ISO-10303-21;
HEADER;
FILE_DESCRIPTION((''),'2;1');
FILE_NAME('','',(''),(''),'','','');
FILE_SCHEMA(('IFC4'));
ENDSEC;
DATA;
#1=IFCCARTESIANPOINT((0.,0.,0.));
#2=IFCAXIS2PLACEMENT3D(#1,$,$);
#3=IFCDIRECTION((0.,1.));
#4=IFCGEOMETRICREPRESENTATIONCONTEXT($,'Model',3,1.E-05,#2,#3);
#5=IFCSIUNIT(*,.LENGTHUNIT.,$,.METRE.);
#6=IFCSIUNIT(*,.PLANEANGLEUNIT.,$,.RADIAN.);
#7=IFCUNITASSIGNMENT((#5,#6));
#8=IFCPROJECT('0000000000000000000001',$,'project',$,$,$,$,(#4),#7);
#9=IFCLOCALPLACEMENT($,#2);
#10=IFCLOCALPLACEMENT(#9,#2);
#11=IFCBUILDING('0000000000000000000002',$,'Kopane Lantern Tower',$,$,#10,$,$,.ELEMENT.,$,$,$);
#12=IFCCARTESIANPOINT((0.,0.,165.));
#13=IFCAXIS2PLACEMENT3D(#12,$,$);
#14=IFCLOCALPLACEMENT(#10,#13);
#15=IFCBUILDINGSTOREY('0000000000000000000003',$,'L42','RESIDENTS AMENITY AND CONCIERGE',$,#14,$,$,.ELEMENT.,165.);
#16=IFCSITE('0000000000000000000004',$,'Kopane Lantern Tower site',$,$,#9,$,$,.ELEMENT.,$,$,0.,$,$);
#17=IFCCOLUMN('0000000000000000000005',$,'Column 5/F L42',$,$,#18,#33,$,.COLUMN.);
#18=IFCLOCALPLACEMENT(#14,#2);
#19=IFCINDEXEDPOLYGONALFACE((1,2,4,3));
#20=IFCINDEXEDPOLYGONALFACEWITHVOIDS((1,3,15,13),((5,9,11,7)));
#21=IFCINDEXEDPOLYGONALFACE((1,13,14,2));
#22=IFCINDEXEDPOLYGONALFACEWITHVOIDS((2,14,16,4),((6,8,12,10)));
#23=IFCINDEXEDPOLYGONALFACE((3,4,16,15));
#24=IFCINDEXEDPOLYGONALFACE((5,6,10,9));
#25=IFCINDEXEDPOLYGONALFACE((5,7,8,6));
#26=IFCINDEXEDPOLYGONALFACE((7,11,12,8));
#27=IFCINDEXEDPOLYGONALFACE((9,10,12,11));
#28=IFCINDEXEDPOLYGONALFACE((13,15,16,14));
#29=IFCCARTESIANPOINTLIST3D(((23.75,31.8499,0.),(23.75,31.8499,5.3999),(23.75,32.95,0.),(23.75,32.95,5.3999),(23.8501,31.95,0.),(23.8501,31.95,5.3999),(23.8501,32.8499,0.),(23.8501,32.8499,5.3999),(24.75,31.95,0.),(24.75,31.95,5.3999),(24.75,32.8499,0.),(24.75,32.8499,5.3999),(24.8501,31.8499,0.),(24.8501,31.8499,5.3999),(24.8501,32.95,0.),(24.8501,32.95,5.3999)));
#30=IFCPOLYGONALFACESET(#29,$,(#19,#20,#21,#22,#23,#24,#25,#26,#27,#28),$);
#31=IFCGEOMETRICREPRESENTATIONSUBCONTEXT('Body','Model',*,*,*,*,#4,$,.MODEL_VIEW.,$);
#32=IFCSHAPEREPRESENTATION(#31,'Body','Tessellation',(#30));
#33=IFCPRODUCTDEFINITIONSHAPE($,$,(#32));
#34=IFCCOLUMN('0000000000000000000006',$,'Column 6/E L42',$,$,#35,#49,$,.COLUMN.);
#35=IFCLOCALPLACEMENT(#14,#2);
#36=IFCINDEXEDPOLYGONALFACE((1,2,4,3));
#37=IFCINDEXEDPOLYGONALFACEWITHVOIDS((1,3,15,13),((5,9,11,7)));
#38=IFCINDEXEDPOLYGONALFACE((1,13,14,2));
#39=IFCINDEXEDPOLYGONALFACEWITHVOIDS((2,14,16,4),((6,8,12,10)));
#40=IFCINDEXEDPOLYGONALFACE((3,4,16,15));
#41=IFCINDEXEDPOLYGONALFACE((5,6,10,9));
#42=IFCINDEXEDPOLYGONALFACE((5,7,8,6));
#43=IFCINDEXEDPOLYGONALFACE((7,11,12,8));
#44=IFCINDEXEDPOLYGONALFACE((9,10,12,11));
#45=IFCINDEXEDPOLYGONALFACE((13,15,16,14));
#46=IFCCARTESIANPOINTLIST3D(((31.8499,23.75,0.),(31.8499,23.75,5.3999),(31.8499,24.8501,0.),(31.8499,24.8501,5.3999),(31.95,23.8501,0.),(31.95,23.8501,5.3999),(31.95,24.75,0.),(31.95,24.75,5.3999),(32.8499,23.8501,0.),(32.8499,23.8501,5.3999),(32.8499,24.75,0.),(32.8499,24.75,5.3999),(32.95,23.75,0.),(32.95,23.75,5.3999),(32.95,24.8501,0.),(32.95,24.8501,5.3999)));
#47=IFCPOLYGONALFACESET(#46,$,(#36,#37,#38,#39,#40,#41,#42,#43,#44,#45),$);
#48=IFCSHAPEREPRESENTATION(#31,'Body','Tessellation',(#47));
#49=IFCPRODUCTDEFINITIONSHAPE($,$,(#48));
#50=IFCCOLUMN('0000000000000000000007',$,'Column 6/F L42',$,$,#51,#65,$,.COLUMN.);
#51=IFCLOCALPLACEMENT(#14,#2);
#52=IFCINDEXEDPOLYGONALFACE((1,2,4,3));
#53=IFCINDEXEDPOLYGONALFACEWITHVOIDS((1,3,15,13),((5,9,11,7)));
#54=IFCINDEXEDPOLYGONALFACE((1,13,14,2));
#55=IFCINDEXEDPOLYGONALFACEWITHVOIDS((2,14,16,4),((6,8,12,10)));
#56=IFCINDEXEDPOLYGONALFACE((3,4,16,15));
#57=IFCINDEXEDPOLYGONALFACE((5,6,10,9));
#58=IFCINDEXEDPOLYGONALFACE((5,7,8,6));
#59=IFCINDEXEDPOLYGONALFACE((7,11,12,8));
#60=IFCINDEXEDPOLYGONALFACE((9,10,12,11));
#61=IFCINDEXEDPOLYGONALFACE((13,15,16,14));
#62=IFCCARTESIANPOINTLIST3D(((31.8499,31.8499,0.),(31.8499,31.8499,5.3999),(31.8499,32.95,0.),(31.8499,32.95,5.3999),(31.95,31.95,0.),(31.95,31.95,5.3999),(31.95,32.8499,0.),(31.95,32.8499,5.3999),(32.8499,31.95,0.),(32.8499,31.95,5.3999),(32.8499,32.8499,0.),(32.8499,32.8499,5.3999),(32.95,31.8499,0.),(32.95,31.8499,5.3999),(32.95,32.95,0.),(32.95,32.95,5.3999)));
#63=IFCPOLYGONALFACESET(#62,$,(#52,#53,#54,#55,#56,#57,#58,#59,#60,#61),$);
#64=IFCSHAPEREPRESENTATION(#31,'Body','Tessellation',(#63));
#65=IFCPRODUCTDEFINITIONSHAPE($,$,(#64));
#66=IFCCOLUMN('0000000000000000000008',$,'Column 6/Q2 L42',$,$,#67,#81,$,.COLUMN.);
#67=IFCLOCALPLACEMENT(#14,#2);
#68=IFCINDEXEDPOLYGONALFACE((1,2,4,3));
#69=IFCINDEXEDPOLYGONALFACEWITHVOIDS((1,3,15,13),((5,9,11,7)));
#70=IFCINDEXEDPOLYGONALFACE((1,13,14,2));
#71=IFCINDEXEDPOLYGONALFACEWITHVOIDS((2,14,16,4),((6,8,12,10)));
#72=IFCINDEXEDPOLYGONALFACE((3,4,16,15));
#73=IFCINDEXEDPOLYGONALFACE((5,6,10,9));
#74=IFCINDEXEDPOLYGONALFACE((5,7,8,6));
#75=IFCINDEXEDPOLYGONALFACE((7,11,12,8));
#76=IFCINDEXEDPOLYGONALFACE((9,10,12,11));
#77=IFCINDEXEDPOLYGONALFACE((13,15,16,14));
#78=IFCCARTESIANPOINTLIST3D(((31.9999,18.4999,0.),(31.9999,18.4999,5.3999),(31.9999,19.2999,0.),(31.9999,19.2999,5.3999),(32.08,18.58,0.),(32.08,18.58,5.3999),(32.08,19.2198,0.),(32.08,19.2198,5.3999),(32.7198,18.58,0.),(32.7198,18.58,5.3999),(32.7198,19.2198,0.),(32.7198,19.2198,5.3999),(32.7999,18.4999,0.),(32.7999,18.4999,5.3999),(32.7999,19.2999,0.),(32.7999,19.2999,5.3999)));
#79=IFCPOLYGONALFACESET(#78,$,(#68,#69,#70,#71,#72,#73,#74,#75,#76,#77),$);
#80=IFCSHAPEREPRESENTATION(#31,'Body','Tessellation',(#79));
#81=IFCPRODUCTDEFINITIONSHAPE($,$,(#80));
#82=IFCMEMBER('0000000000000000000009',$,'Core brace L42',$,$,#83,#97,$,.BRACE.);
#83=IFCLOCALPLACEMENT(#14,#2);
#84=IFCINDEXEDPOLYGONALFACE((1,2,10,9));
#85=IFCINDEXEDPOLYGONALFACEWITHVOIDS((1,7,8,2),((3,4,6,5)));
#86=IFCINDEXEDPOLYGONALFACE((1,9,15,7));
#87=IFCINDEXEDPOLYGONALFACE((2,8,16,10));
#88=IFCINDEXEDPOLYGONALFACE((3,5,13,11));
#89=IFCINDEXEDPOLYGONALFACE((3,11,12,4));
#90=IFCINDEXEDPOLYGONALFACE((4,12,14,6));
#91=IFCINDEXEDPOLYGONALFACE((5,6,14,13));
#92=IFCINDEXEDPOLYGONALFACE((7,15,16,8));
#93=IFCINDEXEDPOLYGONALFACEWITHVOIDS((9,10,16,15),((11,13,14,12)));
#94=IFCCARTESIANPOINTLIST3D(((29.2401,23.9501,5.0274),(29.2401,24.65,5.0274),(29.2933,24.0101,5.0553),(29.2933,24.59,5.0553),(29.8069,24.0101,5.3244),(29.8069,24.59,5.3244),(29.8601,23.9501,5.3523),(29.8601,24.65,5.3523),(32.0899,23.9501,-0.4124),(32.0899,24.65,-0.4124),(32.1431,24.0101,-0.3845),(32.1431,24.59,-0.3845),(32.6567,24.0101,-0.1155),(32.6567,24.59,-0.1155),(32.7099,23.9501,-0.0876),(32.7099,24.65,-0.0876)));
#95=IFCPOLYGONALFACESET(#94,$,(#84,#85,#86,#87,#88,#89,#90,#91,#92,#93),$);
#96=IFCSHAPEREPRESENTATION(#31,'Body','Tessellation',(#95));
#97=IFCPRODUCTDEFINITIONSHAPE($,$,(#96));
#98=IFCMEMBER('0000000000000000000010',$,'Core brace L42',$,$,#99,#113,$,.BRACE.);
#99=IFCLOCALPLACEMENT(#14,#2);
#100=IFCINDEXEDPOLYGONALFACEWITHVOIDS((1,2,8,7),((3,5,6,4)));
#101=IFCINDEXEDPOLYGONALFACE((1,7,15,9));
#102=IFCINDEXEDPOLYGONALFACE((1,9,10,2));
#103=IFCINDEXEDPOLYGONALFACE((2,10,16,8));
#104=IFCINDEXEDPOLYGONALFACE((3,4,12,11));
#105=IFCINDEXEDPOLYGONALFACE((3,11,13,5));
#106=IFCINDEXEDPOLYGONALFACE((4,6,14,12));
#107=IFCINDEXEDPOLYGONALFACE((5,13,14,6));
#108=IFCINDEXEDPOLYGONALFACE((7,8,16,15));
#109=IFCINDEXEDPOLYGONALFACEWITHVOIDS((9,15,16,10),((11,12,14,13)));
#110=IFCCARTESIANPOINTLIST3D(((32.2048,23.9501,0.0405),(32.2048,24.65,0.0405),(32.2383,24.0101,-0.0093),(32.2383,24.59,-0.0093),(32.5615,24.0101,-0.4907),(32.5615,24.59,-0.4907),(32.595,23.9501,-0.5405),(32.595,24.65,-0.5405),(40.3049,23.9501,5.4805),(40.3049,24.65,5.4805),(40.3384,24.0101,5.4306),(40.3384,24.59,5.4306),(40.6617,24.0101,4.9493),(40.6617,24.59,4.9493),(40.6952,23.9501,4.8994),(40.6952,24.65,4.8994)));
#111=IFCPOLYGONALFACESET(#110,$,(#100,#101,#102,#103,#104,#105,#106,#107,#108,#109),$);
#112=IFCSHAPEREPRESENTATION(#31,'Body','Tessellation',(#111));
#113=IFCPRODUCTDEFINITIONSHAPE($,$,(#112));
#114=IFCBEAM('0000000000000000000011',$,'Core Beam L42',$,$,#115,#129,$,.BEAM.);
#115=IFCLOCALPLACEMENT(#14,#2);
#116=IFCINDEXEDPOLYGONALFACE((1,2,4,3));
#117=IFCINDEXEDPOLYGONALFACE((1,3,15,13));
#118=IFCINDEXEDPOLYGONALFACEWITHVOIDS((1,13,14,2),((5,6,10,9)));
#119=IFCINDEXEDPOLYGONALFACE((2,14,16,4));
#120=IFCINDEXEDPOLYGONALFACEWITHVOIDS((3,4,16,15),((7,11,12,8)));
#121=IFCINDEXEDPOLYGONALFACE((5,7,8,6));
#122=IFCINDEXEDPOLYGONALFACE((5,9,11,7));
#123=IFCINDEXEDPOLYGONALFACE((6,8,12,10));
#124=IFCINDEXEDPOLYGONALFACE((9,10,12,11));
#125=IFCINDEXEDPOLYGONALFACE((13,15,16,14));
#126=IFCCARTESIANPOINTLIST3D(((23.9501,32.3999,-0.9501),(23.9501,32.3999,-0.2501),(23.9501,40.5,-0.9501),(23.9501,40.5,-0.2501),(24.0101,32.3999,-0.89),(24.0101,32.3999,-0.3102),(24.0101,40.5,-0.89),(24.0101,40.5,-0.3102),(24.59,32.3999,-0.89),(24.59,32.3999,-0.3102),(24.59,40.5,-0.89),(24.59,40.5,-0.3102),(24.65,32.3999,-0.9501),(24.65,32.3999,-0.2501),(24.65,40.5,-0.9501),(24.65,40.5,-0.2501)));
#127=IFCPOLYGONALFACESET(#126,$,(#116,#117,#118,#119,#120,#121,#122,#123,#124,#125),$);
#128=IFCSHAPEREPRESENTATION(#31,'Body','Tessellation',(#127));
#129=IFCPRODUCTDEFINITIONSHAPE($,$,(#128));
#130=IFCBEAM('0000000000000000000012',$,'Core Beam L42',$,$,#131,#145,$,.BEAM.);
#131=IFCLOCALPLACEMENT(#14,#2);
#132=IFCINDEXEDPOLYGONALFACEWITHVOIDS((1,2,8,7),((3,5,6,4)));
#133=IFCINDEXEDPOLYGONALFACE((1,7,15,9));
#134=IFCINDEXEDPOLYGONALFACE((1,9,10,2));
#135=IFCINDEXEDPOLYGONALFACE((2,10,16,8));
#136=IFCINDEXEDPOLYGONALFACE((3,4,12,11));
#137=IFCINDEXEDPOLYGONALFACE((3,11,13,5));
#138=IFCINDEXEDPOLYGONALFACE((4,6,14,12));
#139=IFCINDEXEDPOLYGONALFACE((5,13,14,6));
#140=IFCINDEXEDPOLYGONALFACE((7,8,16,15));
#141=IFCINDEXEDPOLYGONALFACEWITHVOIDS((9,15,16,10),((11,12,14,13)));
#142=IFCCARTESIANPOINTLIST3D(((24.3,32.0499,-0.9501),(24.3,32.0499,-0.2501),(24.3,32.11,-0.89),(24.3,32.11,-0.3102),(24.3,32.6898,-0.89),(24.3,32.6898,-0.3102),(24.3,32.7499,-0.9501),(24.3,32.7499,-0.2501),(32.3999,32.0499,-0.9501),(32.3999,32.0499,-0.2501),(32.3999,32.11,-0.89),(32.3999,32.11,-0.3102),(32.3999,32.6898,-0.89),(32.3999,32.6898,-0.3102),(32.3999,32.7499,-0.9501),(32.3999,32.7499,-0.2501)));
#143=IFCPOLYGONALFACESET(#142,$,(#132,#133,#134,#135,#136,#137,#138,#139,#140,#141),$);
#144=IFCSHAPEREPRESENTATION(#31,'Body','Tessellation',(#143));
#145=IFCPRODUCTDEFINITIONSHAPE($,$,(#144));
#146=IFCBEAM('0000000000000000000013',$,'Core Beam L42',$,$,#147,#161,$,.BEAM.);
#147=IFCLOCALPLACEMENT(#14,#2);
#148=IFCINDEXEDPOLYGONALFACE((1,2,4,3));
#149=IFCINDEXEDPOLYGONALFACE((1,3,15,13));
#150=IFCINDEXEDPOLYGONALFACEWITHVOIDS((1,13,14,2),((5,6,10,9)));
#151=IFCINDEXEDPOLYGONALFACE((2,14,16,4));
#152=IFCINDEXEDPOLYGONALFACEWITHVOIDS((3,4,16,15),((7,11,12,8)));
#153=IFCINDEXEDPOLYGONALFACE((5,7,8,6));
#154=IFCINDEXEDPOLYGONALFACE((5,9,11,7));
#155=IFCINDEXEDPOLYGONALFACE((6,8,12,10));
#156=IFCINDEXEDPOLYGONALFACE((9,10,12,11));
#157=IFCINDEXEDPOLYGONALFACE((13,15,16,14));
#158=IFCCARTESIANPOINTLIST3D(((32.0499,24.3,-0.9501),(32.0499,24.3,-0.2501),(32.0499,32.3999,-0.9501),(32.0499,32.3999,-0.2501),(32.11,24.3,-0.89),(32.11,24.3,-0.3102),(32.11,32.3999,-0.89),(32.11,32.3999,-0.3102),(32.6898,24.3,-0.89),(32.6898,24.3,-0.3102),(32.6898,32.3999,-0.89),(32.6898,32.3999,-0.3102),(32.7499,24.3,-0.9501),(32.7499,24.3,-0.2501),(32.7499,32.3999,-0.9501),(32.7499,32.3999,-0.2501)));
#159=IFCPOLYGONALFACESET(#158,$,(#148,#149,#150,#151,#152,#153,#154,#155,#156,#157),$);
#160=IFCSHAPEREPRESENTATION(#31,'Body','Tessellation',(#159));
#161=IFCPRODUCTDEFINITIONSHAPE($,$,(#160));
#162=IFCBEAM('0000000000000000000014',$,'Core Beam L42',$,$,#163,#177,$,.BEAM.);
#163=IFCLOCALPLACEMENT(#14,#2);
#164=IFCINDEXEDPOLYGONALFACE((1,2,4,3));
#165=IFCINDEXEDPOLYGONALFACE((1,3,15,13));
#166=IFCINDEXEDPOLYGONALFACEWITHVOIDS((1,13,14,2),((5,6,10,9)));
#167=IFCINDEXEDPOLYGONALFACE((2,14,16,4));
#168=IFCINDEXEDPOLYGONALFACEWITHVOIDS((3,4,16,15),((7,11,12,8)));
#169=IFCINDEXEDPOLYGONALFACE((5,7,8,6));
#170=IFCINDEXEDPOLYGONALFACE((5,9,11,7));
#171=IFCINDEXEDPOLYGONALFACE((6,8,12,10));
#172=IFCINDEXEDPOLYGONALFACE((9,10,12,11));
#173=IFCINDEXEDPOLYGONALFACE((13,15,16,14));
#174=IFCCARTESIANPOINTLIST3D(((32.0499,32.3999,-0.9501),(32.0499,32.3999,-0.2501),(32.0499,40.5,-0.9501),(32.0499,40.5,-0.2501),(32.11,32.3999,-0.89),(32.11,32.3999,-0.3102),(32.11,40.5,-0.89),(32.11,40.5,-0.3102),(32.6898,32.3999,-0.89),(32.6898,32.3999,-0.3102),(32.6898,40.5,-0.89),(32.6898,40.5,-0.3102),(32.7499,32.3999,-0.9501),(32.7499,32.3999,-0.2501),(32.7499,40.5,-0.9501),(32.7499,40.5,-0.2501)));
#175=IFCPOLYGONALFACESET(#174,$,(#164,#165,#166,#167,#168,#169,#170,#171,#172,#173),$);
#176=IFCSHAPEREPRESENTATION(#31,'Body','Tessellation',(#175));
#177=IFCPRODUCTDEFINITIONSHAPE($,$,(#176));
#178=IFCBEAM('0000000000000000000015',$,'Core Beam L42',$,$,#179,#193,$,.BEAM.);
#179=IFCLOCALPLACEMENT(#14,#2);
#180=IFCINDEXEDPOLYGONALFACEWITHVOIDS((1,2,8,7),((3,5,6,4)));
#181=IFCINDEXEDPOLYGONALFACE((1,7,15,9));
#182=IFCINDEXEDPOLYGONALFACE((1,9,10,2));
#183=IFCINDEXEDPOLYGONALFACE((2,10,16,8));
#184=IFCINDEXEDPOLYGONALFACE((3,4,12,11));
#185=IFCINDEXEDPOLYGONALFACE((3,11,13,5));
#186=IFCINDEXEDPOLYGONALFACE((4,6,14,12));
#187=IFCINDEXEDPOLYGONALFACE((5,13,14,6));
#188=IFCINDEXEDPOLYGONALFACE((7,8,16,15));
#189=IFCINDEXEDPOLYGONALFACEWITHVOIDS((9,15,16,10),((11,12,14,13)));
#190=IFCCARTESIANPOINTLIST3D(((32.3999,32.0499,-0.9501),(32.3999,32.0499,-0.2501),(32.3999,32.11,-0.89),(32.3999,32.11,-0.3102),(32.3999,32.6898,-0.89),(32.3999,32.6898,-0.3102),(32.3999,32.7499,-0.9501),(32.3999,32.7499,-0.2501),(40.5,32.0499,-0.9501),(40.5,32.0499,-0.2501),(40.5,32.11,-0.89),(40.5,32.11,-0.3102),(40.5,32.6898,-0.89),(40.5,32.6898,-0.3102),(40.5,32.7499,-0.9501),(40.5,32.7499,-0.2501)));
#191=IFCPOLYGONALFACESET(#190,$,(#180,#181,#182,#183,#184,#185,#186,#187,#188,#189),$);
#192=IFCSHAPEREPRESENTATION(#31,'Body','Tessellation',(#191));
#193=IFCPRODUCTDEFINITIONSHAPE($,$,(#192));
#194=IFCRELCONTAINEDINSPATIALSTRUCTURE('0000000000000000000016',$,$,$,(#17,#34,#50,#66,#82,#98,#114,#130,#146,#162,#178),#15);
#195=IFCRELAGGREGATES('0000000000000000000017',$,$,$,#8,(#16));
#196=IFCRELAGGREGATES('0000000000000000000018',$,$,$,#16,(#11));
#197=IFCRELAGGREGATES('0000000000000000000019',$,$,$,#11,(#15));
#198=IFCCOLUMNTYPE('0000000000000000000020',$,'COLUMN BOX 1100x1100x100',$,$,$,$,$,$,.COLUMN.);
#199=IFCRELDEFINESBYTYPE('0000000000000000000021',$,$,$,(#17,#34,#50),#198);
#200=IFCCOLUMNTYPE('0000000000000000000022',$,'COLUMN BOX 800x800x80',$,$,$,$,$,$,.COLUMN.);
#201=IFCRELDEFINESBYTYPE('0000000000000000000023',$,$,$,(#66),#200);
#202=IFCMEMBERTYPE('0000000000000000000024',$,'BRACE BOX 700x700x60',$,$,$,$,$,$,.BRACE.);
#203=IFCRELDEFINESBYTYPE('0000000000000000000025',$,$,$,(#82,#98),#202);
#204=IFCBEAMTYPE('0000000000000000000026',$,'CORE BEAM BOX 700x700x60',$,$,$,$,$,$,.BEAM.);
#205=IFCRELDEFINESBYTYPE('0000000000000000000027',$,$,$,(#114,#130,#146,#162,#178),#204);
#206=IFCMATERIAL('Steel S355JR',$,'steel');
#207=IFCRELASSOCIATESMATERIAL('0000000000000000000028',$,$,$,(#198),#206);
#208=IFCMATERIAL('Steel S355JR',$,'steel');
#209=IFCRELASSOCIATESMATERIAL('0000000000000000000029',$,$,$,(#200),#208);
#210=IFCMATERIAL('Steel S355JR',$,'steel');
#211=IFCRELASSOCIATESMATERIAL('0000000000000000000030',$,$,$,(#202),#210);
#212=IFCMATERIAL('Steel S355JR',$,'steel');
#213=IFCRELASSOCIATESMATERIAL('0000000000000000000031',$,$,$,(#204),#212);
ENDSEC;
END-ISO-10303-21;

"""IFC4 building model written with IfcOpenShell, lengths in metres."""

from ifc_helpers import new_model, si_unit, direction, frame, origin, origin_2d, place, context, subcontext, project, spatial, hollow_rectangle, extrude, material, material_profile, profile_set, type_object, element, save


model = new_model("IFC4")

# Units and contexts
model_context = context("Model", 3, precision=1e-05, world=origin(), true_north=direction((0.0, 1.0)))
body_context = subcontext(model_context, "Body", "Model", "MODEL_VIEW")
ifc_project = project(units=[si_unit("LENGTHUNIT", "METRE"), si_unit("PLANEANGLEUNIT", "RADIAN")], contexts=[model_context])

# Site, building, storey
site_placement = place(None, origin())
site = spatial("IfcSite", under=ifc_project, at=site_placement, Name="Kopane Lantern Tower site", CompositionType="ELEMENT", RefElevation=0.0)
building_placement = place(site_placement, origin())
building = spatial("IfcBuilding", under=site, at=building_placement, Name="Kopane Lantern Tower", CompositionType="ELEMENT")
storey_placement = place(building_placement, frame((0.0, 0.0, 165.0)))
storey = spatial("IfcBuildingStorey", under=building, at=storey_placement, Name="L42", Description="RESIDENTS AMENITY AND CONCIERGE", CompositionType="ELEMENT", Elevation=165.0)

# Columns
ifc_material_1 = material(Name="Steel S355JR", Category="steel")
ifc_material_profile_1 = material_profile(ifc_material_1, hollow_rectangle(XDim=1.1001, YDim=1.1001, WallThickness=0.1001, at=origin_2d()), Name="BOX 1100x1100x100")
ifc_profile_set_1 = profile_set([ifc_material_profile_1], Name="Steel S355JR")
column_type_1 = type_object("IfcColumnType", Name="COLUMN BOX 1100x1100x100", PredefinedType="COLUMN", material=ifc_profile_set_1)
for number, where, z_axis, x_axis, name in (
    (1, (24.3, 32.3999, 0.0), (0.0, 0.0, 1.0), (1.0, 0.0, 0.0), "Column 5/F L42"),
    (2, (32.3999, 24.3, 0.0), (0.0, 0.0, 1.0), (1.0, 0.0, 0.0), "Column 6/E L42"),
    (3, (32.3999, 32.3999, 0.0), (0.0, 0.0, 1.0), (1.0, 0.0, 0.0), "Column 6/F L42"),
):
    element("IfcColumn", number, at=place(storey_placement, frame(where, z_axis=z_axis, x_axis=x_axis)), inside=storey, type_object=column_type_1, Name=name, PredefinedType="COLUMN", context=body_context, shape_type="SweptSolid", body=[
        extrude(hollow_rectangle(XDim=1.1001, YDim=1.1001, WallThickness=0.1001, at=origin_2d()), origin(), (0.0, 0.0, 1.0), 5.3999),
    ])
ifc_material_2 = material(Name="Steel S355JR", Category="steel")
ifc_material_profile_2 = material_profile(ifc_material_2, hollow_rectangle(XDim=0.8, YDim=0.8, WallThickness=0.0801, at=origin_2d()), Name="BOX 800x800x80")
ifc_profile_set_2 = profile_set([ifc_material_profile_2], Name="Steel S355JR")
column_type_2 = type_object("IfcColumnType", Name="COLUMN BOX 800x800x80", PredefinedType="COLUMN", material=ifc_profile_set_2)
column_placement = place(storey_placement, frame((32.3999, 18.8999, 0.0), z_axis=(0.0, 0.0, 1.0), x_axis=(1.0, 0.0, 0.0)))
element("IfcColumn", 4, at=column_placement, inside=storey, type_object=column_type_2, Name="Column 6/Q2 L42", PredefinedType="COLUMN", context=body_context, shape_type="SweptSolid", body=[
    extrude(hollow_rectangle(XDim=0.8, YDim=0.8, WallThickness=0.0801, at=origin_2d()), origin(), (0.0, 0.0, 1.0), 5.3999),
])

# Members
ifc_material_3 = material(Name="Steel S355JR", Category="steel")
ifc_material_profile_3 = material_profile(ifc_material_3, hollow_rectangle(XDim=0.7, YDim=0.7, WallThickness=0.0601, at=origin_2d()), Name="BOX 700x700x60")
ifc_profile_set_3 = profile_set([ifc_material_profile_3], Name="Steel S355JR")
member_type = type_object("IfcMemberType", Name="BRACE BOX 700x700x60", PredefinedType="BRACE", material=ifc_profile_set_3)
member_1_placement = place(storey_placement, frame((32.3999, 24.3, -0.25), z_axis=(-0.464053, 0.0, 0.885807), x_axis=(0.0, -1.0, 0.0)))
element("IfcMember", 5, at=member_1_placement, inside=storey, type_object=member_type, Name="Core brace L42", PredefinedType="BRACE", context=body_context, shape_type="SweptSolid", body=[
    extrude(hollow_rectangle(XDim=0.7, YDim=0.7, WallThickness=0.0601, at=origin_2d()), origin(), (0.0, 0.0, 1.0), 6.1411),
])
member_2_placement = place(storey_placement, frame((32.3999, 24.3, -0.25), z_axis=(0.830159, 0.0, 0.557526), x_axis=(0.0, 1.0, 0.0)))
element("IfcMember", 6, at=member_2_placement, inside=storey, type_object=member_type, Name="Core brace L42", PredefinedType="BRACE", context=body_context, shape_type="SweptSolid", body=[
    extrude(hollow_rectangle(XDim=0.7, YDim=0.7, WallThickness=0.0601, at=origin_2d()), origin(), (0.0, 0.0, 1.0), 9.7573),
])

# Beams
ifc_material_4 = material(Name="Steel S355JR", Category="steel")
ifc_material_profile_4 = material_profile(ifc_material_4, hollow_rectangle(XDim=0.7, YDim=0.7, WallThickness=0.0601, at=origin_2d()), Name="BOX 700x700x60")
ifc_profile_set_4 = profile_set([ifc_material_profile_4], Name="Steel S355JR")
beam_type_1 = type_object("IfcBeamType", Name="CORE BEAM BOX 700x700x60", PredefinedType="BEAM", material=ifc_profile_set_4)
beam_1_placement = place(storey_placement, frame((24.3, 32.3999, -0.6001), z_axis=(0.0, 1.0, 0.0), x_axis=(-1.0, 0.0, 0.0)))
element("IfcBeam", 7, at=beam_1_placement, inside=storey, type_object=beam_type_1, Name="Core Beam L42", PredefinedType="BEAM", context=body_context, shape_type="SweptSolid", body=[
    extrude(hollow_rectangle(XDim=0.7, YDim=0.7, WallThickness=0.0601, at=origin_2d()), origin(), (0.0, 0.0, 1.0), 8.1001),
])
for number, where, z_axis, x_axis, name in (
    (8, (24.3, 32.3999, -0.6001), (1.0, 0.0, 0.0), (0.0, 1.0, 0.0), "Core Beam L42"),
    (9, (32.3999, 24.3, -0.6001), (0.0, 1.0, 0.0), (-1.0, 0.0, 0.0), "Core Beam L42"),
):
    element("IfcBeam", number, at=place(storey_placement, frame(where, z_axis=z_axis, x_axis=x_axis)), inside=storey, type_object=beam_type_1, Name=name, PredefinedType="BEAM", context=body_context, shape_type="SweptSolid", body=[
        extrude(hollow_rectangle(XDim=0.7, YDim=0.7, WallThickness=0.0601, at=origin_2d()), origin(), (0.0, 0.0, 1.0), 8.0999),
    ])
for number, where, z_axis, x_axis, name in (
    (10, (32.3999, 32.3999, -0.6001), (0.0, 1.0, 0.0), (-1.0, 0.0, 0.0), "Core Beam L42"),
    (11, (32.3999, 32.3999, -0.6001), (1.0, 0.0, 0.0), (0.0, 1.0, 0.0), "Core Beam L42"),
):
    element("IfcBeam", number, at=place(storey_placement, frame(where, z_axis=z_axis, x_axis=x_axis)), inside=storey, type_object=beam_type_1, Name=name, PredefinedType="BEAM", context=body_context, shape_type="SweptSolid", body=[
        extrude(hollow_rectangle(XDim=0.7, YDim=0.7, WallThickness=0.0601, at=origin_2d()), origin(), (0.0, 0.0, 1.0), 8.1001),
    ])

save(model, "model.ifc")
